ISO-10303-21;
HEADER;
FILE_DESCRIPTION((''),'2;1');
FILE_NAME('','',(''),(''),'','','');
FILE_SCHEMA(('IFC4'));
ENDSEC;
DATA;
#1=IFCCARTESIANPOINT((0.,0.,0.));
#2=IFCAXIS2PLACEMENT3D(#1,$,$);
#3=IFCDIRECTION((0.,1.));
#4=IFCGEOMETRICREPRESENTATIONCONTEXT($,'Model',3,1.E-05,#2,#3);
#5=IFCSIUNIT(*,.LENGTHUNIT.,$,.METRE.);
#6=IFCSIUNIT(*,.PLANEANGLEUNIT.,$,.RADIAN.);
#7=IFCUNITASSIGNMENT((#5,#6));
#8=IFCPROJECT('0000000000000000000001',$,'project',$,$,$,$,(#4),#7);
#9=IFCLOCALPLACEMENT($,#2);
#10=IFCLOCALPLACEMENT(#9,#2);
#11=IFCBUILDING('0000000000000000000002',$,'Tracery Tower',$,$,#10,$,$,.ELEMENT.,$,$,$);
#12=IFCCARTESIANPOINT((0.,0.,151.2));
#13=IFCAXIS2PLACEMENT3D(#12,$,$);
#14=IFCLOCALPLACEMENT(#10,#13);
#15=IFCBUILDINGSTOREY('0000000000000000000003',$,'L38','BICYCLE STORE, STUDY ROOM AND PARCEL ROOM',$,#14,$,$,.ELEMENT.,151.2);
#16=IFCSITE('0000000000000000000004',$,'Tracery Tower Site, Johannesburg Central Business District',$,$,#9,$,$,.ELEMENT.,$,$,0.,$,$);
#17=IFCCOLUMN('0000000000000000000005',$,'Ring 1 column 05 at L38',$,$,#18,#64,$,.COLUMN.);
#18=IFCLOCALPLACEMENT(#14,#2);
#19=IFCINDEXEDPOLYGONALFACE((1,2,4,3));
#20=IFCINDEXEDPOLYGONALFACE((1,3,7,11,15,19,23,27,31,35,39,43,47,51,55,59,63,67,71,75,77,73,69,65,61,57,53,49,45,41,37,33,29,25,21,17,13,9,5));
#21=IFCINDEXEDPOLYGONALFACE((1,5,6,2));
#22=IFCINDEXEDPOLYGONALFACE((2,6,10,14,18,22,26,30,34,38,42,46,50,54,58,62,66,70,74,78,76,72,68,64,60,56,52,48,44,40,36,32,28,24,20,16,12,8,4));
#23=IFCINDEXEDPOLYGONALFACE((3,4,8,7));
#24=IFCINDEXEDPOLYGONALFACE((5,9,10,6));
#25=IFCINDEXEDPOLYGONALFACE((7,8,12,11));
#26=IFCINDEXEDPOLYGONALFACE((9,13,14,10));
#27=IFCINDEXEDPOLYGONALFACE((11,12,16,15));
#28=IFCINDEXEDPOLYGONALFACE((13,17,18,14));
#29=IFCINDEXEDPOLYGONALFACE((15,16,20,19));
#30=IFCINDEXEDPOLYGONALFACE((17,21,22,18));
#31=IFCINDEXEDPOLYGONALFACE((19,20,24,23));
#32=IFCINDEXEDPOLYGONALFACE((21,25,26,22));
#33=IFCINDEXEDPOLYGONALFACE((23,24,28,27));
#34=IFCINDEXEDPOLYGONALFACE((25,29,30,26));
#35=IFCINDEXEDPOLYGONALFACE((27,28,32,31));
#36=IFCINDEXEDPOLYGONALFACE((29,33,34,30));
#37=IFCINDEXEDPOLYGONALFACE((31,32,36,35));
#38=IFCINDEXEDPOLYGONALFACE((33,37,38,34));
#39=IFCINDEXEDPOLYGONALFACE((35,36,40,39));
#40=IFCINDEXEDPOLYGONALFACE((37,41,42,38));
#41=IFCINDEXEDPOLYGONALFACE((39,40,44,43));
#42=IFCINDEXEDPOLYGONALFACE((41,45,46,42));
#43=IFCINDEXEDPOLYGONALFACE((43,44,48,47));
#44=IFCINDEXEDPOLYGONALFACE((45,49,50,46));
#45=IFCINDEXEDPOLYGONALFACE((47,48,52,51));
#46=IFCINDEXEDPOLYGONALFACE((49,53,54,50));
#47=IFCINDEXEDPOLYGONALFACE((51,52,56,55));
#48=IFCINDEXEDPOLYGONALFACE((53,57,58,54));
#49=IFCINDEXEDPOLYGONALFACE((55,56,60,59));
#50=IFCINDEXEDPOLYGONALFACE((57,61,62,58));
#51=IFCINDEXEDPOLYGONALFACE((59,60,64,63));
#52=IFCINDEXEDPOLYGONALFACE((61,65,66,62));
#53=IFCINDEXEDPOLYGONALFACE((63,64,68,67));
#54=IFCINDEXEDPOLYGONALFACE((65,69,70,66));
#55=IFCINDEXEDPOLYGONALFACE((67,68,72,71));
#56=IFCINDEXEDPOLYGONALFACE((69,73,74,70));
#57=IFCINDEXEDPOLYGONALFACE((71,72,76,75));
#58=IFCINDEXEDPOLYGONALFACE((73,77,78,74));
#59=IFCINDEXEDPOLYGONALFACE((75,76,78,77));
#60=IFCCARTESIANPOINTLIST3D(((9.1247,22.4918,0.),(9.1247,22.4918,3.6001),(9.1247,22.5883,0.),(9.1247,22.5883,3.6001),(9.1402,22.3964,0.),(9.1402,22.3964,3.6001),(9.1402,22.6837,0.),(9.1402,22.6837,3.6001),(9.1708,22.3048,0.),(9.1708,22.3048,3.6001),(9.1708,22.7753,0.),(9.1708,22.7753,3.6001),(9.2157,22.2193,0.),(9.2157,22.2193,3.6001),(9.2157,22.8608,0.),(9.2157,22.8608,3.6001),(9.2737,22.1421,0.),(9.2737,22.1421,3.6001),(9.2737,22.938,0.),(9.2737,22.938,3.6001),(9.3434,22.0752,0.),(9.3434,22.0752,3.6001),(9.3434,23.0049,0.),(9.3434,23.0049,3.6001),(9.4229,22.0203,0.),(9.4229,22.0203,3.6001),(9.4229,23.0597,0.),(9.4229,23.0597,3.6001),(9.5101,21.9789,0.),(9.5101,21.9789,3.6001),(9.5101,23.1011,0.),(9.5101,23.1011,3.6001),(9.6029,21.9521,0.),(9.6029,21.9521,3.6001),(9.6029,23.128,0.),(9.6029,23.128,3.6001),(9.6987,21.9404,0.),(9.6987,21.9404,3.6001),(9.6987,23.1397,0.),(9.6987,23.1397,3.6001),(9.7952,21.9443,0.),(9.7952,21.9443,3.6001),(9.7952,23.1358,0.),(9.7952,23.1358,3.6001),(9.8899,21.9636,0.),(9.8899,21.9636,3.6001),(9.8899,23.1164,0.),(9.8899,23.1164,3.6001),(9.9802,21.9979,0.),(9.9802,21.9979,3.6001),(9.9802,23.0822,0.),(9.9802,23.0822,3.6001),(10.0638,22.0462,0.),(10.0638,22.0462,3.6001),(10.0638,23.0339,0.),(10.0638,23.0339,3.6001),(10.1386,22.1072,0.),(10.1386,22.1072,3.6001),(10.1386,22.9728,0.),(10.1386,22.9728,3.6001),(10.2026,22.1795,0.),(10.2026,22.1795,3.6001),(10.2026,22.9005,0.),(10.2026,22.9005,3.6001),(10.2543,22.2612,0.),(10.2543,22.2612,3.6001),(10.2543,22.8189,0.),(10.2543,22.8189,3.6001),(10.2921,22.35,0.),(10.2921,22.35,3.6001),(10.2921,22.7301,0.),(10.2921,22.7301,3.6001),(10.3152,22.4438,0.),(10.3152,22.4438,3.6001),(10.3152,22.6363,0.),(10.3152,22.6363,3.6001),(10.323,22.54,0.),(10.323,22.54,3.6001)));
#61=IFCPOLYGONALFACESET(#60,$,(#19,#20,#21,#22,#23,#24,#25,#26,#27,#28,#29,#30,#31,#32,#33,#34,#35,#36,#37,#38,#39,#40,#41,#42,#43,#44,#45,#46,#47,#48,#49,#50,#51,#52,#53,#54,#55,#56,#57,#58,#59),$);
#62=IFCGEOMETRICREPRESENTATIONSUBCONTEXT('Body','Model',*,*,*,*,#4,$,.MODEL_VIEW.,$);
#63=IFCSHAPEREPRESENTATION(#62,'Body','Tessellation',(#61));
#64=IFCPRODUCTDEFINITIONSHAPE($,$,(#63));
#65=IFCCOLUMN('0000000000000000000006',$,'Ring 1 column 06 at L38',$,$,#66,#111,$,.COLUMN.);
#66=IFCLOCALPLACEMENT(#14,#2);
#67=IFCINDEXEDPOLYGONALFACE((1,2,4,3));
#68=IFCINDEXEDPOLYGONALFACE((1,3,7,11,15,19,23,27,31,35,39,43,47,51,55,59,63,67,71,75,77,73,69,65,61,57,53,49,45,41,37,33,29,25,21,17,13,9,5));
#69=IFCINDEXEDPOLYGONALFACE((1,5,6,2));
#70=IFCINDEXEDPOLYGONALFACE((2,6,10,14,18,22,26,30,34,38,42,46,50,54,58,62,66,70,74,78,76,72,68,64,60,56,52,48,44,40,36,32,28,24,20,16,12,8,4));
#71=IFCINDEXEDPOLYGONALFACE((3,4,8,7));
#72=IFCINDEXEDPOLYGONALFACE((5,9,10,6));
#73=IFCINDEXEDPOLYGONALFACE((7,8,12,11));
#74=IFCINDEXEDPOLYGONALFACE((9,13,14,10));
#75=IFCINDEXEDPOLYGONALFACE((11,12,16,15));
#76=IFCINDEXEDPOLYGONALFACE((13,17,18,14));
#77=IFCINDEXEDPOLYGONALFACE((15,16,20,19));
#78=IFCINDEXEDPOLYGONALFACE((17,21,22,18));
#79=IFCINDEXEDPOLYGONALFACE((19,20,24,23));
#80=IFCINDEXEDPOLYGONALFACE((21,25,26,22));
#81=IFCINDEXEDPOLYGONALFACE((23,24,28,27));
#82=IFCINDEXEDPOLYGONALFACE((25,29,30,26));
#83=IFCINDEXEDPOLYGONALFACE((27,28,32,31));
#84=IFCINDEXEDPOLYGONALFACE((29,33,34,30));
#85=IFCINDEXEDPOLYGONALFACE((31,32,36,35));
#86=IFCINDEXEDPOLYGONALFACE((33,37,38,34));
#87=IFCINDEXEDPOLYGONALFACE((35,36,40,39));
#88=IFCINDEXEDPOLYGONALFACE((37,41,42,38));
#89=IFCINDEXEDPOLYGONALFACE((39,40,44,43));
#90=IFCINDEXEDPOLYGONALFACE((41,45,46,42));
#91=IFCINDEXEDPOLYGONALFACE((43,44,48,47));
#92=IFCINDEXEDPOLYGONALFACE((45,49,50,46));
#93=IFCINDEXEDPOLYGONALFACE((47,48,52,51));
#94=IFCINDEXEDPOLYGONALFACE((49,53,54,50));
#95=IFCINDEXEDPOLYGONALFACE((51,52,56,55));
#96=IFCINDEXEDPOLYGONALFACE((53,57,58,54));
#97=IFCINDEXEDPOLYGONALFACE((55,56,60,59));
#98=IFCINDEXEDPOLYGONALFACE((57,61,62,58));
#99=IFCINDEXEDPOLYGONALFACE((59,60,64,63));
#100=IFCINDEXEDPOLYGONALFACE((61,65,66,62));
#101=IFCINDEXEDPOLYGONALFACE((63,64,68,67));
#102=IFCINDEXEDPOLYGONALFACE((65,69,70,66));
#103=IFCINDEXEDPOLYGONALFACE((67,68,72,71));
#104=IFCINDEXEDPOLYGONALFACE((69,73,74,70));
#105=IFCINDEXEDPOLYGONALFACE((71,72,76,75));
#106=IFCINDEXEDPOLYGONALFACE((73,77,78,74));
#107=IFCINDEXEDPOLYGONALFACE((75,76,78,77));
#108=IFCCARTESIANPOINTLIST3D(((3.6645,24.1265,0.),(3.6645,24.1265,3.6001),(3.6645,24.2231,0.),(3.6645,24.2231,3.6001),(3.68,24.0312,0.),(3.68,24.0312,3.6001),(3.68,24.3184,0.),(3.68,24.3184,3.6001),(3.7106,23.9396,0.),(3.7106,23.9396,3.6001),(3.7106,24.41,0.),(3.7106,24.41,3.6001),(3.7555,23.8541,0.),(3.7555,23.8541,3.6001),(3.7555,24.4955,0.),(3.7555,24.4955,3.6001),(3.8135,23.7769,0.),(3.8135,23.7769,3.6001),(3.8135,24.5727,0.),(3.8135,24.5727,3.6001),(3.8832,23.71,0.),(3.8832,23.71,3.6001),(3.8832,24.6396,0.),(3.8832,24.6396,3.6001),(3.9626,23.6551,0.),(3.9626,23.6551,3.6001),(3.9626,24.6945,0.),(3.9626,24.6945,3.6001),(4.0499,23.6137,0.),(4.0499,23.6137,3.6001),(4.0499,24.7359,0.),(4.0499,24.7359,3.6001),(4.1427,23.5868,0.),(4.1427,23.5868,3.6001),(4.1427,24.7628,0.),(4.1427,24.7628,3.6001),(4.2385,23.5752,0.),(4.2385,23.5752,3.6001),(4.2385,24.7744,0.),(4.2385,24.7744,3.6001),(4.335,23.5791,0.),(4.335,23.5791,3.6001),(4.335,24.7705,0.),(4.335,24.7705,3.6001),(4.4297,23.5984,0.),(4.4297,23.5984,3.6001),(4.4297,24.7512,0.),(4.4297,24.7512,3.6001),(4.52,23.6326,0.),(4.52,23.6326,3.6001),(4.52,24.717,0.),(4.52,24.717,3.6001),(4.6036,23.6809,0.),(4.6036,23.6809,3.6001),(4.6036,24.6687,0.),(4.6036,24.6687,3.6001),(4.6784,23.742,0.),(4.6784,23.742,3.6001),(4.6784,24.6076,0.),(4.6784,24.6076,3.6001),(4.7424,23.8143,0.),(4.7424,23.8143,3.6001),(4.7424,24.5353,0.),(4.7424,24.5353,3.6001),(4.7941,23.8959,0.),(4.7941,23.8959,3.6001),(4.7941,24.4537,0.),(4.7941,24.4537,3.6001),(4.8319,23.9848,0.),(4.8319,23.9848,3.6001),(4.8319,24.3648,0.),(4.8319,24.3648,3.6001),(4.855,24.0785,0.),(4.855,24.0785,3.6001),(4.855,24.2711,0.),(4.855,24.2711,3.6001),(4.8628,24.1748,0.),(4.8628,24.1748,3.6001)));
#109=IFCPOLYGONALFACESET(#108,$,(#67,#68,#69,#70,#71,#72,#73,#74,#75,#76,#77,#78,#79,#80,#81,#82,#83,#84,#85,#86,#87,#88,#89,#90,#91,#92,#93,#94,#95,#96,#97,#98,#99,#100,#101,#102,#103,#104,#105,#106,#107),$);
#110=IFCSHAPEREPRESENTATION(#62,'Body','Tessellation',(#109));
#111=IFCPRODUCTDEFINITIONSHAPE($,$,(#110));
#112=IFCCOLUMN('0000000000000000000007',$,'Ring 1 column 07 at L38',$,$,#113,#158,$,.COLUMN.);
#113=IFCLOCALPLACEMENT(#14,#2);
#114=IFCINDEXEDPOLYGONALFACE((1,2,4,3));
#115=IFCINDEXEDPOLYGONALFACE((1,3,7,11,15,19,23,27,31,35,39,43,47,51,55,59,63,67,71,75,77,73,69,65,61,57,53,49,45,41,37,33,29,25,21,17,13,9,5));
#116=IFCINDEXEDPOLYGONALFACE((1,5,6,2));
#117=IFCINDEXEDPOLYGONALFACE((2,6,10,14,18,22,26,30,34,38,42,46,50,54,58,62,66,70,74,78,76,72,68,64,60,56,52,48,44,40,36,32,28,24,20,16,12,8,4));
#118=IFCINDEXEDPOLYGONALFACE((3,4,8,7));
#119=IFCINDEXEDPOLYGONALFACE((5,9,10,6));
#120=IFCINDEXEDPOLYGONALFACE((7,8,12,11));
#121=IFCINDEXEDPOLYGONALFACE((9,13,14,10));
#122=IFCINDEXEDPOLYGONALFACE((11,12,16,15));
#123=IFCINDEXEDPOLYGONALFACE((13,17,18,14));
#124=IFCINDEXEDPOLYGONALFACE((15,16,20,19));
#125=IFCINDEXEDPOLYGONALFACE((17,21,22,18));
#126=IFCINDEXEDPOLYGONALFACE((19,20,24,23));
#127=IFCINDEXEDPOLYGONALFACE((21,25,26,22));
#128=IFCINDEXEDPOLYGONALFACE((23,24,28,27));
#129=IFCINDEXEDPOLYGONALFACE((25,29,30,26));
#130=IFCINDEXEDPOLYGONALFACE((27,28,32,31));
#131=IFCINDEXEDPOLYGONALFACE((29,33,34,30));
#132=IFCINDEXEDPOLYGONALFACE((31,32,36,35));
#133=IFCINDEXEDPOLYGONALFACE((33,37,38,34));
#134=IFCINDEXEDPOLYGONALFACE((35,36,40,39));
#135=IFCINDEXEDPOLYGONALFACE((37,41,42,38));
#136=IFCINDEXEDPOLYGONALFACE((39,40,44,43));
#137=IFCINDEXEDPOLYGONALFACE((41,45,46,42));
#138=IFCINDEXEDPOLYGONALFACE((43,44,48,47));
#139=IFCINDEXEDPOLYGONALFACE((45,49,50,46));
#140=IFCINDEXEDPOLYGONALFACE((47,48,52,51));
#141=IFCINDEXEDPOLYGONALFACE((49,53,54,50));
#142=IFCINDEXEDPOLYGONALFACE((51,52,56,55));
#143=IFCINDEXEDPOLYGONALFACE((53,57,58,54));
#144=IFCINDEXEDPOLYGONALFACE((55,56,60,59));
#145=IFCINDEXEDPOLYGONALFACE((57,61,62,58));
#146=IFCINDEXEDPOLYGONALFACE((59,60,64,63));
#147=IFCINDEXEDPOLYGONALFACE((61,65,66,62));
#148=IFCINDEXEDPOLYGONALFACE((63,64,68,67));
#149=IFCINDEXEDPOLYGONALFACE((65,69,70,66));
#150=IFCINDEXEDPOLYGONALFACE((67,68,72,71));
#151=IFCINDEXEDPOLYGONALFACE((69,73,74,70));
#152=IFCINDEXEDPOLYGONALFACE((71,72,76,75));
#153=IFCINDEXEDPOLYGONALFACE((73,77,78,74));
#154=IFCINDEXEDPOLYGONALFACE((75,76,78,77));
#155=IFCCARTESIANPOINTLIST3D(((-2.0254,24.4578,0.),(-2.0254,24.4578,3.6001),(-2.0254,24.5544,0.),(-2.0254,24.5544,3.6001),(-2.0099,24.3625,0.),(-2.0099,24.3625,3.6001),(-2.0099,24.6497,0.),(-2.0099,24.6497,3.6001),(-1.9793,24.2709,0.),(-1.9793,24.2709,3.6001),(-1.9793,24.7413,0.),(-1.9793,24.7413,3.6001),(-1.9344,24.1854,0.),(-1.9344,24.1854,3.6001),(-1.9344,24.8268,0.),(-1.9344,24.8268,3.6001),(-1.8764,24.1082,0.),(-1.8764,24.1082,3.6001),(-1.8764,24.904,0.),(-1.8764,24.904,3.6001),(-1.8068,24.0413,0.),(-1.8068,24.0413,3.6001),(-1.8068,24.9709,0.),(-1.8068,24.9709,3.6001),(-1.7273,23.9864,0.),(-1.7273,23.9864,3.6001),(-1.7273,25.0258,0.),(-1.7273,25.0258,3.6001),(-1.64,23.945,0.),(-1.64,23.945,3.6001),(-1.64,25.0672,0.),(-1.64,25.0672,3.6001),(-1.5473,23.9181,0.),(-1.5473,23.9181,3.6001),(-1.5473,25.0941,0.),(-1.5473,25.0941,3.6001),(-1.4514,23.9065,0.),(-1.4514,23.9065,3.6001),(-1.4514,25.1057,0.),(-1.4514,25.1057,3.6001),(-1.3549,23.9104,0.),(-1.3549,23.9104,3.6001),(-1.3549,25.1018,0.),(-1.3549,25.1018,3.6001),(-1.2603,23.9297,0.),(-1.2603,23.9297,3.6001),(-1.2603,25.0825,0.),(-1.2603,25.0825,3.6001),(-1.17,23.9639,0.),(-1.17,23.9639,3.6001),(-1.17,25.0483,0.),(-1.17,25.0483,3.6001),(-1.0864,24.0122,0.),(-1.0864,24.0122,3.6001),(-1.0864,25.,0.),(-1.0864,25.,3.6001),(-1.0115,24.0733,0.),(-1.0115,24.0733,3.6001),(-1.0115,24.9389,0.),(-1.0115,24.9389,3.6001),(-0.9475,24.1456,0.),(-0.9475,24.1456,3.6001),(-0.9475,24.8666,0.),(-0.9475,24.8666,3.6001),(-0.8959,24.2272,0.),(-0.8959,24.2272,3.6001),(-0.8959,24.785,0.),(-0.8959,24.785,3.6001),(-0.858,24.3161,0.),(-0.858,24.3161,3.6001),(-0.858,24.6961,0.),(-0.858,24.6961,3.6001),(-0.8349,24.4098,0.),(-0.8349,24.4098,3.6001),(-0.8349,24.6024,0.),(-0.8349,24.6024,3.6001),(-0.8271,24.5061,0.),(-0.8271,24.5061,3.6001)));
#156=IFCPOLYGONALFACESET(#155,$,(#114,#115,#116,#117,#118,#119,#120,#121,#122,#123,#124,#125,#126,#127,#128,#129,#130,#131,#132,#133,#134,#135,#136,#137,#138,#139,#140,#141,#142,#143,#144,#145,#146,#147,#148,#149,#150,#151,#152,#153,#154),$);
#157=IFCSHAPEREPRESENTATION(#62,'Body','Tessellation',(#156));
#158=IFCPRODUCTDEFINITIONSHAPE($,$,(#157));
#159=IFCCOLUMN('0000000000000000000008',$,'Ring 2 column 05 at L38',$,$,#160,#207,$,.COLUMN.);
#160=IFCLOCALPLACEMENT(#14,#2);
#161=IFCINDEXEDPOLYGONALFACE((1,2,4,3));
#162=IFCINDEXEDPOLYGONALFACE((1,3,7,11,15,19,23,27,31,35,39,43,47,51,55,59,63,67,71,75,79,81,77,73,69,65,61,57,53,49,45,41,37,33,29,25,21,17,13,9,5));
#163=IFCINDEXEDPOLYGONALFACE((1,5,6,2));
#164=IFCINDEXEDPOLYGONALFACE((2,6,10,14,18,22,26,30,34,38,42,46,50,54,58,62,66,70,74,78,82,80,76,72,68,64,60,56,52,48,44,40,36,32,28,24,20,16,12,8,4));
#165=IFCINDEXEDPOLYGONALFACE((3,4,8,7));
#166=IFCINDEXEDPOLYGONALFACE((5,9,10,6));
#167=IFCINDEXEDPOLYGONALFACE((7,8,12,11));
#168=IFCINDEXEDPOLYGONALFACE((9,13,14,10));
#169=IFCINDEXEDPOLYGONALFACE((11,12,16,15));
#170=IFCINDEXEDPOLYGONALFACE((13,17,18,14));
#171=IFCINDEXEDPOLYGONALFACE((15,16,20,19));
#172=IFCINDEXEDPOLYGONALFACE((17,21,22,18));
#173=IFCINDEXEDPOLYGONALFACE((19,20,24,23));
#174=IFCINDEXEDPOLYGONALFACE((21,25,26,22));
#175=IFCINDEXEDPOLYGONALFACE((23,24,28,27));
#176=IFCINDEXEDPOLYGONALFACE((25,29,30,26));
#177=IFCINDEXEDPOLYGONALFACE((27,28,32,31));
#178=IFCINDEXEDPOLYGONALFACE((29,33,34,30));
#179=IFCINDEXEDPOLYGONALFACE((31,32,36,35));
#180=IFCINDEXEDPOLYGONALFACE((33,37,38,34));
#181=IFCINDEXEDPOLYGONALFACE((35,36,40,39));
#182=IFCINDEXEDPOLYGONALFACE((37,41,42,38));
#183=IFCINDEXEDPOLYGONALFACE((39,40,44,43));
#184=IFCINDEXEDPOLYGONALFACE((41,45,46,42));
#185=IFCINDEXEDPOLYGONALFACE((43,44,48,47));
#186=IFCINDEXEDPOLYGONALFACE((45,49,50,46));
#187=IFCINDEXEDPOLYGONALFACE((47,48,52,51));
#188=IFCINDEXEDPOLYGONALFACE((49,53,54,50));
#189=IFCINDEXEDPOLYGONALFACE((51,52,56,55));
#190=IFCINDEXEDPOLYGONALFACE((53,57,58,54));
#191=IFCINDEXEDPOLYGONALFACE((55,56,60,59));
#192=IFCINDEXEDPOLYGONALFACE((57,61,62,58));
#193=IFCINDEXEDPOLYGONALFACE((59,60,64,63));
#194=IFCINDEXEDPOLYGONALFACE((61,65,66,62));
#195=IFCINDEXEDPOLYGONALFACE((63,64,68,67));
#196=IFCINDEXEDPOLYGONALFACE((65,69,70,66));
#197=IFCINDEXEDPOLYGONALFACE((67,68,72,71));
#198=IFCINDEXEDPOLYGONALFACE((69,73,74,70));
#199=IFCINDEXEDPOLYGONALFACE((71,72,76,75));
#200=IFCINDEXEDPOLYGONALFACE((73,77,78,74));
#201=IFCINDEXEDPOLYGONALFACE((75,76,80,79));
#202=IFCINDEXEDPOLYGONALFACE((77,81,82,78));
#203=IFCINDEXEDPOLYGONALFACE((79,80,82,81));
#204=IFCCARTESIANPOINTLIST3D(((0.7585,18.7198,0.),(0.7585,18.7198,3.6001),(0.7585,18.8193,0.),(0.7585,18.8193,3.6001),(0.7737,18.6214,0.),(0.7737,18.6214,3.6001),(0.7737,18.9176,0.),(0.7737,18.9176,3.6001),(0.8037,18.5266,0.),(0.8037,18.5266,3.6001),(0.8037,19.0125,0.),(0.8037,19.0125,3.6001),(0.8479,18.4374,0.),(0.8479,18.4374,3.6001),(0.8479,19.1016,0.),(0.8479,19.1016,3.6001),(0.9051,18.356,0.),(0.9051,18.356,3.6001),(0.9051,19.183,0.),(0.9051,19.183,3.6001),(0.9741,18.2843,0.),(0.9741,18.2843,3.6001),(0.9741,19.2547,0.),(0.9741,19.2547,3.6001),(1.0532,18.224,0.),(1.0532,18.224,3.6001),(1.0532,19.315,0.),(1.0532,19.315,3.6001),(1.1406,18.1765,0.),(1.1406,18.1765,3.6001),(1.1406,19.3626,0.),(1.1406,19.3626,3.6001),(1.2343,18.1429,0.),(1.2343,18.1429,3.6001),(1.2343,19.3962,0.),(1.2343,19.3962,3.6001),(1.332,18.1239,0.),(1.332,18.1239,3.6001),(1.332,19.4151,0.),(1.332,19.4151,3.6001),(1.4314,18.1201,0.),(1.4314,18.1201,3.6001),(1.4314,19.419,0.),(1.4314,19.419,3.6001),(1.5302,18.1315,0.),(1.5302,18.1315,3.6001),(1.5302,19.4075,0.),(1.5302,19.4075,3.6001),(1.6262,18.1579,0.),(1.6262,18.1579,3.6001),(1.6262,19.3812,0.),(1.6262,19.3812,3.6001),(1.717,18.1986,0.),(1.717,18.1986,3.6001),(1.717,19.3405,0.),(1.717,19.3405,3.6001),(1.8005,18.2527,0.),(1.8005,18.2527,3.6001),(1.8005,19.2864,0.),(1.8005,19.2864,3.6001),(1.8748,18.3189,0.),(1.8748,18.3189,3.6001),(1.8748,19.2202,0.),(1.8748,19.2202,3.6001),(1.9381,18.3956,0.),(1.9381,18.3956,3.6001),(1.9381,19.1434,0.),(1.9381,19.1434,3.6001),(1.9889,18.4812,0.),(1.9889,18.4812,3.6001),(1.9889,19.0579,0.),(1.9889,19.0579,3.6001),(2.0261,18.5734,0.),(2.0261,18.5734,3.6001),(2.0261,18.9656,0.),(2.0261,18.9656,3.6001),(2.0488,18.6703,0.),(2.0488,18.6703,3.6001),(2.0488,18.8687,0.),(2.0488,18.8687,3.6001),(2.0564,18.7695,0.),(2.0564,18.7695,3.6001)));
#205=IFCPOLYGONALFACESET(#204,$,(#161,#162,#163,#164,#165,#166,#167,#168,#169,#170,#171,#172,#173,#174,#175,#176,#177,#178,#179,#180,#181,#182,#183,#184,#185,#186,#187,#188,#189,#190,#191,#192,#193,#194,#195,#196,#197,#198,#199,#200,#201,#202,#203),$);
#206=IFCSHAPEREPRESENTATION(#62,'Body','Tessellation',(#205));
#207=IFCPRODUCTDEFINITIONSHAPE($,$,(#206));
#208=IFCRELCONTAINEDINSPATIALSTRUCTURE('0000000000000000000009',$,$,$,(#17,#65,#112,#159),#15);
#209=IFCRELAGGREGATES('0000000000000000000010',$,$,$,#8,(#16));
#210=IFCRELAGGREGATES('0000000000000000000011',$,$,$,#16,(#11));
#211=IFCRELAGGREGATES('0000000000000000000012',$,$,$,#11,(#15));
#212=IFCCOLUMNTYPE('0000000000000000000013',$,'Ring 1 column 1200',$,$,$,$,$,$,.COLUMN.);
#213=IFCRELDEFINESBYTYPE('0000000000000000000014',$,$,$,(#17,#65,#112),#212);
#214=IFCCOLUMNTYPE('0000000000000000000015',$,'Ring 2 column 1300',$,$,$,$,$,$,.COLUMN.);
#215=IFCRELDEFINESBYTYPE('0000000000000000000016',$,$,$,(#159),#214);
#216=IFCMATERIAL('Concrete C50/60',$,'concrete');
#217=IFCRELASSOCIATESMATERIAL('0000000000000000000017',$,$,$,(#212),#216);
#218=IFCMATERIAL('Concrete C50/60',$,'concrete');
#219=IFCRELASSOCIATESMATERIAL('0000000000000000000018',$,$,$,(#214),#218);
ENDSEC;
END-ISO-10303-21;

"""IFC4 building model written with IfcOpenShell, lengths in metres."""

from ifc_helpers import new_model, si_unit, direction, frame, origin, origin_2d, place, context, subcontext, project, spatial, circle, extrude, material, material_profile, profile_set, type_object, element, save


model = new_model("IFC4")

# Units and contexts
model_context = context("Model", 3, precision=1e-05, world=origin(), true_north=direction((0.0, 1.0)))
body_context = subcontext(model_context, "Body", "Model", "MODEL_VIEW")
ifc_project = project(units=[si_unit("LENGTHUNIT", "METRE"), si_unit("PLANEANGLEUNIT", "RADIAN")], contexts=[model_context])

# Site, building, storey
site_placement = place(None, origin())
site = spatial("IfcSite", under=ifc_project, at=site_placement, Name="Tracery Tower Site, Johannesburg Central Business District", CompositionType="ELEMENT", RefElevation=0.0)
building_placement = place(site_placement, origin())
building = spatial("IfcBuilding", under=site, at=building_placement, Name="Tracery Tower", CompositionType="ELEMENT")
storey_placement = place(building_placement, frame((0.0, 0.0, 151.2)))
storey = spatial("IfcBuildingStorey", under=building, at=storey_placement, Name="L38", Description="BICYCLE STORE, STUDY ROOM AND PARCEL ROOM", CompositionType="ELEMENT", Elevation=151.2)

# Columns
ifc_material_1 = material(Name="Concrete C50/60", Category="concrete")
ifc_material_profile_1 = material_profile(ifc_material_1, circle(Radius=0.6001, at=origin_2d()), Name="RC D1200")
ifc_profile_set_1 = profile_set([ifc_material_profile_1], Name="Concrete C50/60")
column_type_1 = type_object("IfcColumnType", Name="Ring 1 column 1200", PredefinedType="COLUMN", material=ifc_profile_set_1)
for number, where, z_axis, x_axis, name in (
    (1, (9.7229, 22.54, 0.0), (0.0, 0.0, 1.0), (1.0, 0.0, 0.0), "Ring 1 column 05 at L38"),
    (2, (4.2627, 24.1748, 0.0), (0.0, 0.0, 1.0), (1.0, 0.0, 0.0), "Ring 1 column 06 at L38"),
    (3, (-1.4272, 24.5061, 0.0), (0.0, 0.0, 1.0), (1.0, 0.0, 0.0), "Ring 1 column 07 at L38"),
):
    element("IfcColumn", number, at=place(storey_placement, frame(where, z_axis=z_axis, x_axis=x_axis)), inside=storey, type_object=column_type_1, Name=name, PredefinedType="COLUMN", context=body_context, shape_type="SweptSolid", body=[
        extrude(circle(Radius=0.6001, at=origin_2d()), origin(), (0.0, 0.0, 1.0), 3.6001),
    ])
ifc_material_2 = material(Name="Concrete C50/60", Category="concrete")
ifc_material_profile_2 = material_profile(ifc_material_2, circle(Radius=0.6499, at=origin_2d()), Name="RC D1300")
ifc_profile_set_2 = profile_set([ifc_material_profile_2], Name="Concrete C50/60")
column_type_2 = type_object("IfcColumnType", Name="Ring 2 column 1300", PredefinedType="COLUMN", material=ifc_profile_set_2)
column_placement = place(storey_placement, frame((1.4065, 18.7695, 0.0), z_axis=(0.0, 0.0, 1.0), x_axis=(1.0, 0.0, 0.0)))
element("IfcColumn", 4, at=column_placement, inside=storey, type_object=column_type_2, Name="Ring 2 column 05 at L38", PredefinedType="COLUMN", context=body_context, shape_type="SweptSolid", body=[
    extrude(circle(Radius=0.6499, at=origin_2d()), origin(), (0.0, 0.0, 1.0), 3.6001),
])

save(model, "model.ifc")
